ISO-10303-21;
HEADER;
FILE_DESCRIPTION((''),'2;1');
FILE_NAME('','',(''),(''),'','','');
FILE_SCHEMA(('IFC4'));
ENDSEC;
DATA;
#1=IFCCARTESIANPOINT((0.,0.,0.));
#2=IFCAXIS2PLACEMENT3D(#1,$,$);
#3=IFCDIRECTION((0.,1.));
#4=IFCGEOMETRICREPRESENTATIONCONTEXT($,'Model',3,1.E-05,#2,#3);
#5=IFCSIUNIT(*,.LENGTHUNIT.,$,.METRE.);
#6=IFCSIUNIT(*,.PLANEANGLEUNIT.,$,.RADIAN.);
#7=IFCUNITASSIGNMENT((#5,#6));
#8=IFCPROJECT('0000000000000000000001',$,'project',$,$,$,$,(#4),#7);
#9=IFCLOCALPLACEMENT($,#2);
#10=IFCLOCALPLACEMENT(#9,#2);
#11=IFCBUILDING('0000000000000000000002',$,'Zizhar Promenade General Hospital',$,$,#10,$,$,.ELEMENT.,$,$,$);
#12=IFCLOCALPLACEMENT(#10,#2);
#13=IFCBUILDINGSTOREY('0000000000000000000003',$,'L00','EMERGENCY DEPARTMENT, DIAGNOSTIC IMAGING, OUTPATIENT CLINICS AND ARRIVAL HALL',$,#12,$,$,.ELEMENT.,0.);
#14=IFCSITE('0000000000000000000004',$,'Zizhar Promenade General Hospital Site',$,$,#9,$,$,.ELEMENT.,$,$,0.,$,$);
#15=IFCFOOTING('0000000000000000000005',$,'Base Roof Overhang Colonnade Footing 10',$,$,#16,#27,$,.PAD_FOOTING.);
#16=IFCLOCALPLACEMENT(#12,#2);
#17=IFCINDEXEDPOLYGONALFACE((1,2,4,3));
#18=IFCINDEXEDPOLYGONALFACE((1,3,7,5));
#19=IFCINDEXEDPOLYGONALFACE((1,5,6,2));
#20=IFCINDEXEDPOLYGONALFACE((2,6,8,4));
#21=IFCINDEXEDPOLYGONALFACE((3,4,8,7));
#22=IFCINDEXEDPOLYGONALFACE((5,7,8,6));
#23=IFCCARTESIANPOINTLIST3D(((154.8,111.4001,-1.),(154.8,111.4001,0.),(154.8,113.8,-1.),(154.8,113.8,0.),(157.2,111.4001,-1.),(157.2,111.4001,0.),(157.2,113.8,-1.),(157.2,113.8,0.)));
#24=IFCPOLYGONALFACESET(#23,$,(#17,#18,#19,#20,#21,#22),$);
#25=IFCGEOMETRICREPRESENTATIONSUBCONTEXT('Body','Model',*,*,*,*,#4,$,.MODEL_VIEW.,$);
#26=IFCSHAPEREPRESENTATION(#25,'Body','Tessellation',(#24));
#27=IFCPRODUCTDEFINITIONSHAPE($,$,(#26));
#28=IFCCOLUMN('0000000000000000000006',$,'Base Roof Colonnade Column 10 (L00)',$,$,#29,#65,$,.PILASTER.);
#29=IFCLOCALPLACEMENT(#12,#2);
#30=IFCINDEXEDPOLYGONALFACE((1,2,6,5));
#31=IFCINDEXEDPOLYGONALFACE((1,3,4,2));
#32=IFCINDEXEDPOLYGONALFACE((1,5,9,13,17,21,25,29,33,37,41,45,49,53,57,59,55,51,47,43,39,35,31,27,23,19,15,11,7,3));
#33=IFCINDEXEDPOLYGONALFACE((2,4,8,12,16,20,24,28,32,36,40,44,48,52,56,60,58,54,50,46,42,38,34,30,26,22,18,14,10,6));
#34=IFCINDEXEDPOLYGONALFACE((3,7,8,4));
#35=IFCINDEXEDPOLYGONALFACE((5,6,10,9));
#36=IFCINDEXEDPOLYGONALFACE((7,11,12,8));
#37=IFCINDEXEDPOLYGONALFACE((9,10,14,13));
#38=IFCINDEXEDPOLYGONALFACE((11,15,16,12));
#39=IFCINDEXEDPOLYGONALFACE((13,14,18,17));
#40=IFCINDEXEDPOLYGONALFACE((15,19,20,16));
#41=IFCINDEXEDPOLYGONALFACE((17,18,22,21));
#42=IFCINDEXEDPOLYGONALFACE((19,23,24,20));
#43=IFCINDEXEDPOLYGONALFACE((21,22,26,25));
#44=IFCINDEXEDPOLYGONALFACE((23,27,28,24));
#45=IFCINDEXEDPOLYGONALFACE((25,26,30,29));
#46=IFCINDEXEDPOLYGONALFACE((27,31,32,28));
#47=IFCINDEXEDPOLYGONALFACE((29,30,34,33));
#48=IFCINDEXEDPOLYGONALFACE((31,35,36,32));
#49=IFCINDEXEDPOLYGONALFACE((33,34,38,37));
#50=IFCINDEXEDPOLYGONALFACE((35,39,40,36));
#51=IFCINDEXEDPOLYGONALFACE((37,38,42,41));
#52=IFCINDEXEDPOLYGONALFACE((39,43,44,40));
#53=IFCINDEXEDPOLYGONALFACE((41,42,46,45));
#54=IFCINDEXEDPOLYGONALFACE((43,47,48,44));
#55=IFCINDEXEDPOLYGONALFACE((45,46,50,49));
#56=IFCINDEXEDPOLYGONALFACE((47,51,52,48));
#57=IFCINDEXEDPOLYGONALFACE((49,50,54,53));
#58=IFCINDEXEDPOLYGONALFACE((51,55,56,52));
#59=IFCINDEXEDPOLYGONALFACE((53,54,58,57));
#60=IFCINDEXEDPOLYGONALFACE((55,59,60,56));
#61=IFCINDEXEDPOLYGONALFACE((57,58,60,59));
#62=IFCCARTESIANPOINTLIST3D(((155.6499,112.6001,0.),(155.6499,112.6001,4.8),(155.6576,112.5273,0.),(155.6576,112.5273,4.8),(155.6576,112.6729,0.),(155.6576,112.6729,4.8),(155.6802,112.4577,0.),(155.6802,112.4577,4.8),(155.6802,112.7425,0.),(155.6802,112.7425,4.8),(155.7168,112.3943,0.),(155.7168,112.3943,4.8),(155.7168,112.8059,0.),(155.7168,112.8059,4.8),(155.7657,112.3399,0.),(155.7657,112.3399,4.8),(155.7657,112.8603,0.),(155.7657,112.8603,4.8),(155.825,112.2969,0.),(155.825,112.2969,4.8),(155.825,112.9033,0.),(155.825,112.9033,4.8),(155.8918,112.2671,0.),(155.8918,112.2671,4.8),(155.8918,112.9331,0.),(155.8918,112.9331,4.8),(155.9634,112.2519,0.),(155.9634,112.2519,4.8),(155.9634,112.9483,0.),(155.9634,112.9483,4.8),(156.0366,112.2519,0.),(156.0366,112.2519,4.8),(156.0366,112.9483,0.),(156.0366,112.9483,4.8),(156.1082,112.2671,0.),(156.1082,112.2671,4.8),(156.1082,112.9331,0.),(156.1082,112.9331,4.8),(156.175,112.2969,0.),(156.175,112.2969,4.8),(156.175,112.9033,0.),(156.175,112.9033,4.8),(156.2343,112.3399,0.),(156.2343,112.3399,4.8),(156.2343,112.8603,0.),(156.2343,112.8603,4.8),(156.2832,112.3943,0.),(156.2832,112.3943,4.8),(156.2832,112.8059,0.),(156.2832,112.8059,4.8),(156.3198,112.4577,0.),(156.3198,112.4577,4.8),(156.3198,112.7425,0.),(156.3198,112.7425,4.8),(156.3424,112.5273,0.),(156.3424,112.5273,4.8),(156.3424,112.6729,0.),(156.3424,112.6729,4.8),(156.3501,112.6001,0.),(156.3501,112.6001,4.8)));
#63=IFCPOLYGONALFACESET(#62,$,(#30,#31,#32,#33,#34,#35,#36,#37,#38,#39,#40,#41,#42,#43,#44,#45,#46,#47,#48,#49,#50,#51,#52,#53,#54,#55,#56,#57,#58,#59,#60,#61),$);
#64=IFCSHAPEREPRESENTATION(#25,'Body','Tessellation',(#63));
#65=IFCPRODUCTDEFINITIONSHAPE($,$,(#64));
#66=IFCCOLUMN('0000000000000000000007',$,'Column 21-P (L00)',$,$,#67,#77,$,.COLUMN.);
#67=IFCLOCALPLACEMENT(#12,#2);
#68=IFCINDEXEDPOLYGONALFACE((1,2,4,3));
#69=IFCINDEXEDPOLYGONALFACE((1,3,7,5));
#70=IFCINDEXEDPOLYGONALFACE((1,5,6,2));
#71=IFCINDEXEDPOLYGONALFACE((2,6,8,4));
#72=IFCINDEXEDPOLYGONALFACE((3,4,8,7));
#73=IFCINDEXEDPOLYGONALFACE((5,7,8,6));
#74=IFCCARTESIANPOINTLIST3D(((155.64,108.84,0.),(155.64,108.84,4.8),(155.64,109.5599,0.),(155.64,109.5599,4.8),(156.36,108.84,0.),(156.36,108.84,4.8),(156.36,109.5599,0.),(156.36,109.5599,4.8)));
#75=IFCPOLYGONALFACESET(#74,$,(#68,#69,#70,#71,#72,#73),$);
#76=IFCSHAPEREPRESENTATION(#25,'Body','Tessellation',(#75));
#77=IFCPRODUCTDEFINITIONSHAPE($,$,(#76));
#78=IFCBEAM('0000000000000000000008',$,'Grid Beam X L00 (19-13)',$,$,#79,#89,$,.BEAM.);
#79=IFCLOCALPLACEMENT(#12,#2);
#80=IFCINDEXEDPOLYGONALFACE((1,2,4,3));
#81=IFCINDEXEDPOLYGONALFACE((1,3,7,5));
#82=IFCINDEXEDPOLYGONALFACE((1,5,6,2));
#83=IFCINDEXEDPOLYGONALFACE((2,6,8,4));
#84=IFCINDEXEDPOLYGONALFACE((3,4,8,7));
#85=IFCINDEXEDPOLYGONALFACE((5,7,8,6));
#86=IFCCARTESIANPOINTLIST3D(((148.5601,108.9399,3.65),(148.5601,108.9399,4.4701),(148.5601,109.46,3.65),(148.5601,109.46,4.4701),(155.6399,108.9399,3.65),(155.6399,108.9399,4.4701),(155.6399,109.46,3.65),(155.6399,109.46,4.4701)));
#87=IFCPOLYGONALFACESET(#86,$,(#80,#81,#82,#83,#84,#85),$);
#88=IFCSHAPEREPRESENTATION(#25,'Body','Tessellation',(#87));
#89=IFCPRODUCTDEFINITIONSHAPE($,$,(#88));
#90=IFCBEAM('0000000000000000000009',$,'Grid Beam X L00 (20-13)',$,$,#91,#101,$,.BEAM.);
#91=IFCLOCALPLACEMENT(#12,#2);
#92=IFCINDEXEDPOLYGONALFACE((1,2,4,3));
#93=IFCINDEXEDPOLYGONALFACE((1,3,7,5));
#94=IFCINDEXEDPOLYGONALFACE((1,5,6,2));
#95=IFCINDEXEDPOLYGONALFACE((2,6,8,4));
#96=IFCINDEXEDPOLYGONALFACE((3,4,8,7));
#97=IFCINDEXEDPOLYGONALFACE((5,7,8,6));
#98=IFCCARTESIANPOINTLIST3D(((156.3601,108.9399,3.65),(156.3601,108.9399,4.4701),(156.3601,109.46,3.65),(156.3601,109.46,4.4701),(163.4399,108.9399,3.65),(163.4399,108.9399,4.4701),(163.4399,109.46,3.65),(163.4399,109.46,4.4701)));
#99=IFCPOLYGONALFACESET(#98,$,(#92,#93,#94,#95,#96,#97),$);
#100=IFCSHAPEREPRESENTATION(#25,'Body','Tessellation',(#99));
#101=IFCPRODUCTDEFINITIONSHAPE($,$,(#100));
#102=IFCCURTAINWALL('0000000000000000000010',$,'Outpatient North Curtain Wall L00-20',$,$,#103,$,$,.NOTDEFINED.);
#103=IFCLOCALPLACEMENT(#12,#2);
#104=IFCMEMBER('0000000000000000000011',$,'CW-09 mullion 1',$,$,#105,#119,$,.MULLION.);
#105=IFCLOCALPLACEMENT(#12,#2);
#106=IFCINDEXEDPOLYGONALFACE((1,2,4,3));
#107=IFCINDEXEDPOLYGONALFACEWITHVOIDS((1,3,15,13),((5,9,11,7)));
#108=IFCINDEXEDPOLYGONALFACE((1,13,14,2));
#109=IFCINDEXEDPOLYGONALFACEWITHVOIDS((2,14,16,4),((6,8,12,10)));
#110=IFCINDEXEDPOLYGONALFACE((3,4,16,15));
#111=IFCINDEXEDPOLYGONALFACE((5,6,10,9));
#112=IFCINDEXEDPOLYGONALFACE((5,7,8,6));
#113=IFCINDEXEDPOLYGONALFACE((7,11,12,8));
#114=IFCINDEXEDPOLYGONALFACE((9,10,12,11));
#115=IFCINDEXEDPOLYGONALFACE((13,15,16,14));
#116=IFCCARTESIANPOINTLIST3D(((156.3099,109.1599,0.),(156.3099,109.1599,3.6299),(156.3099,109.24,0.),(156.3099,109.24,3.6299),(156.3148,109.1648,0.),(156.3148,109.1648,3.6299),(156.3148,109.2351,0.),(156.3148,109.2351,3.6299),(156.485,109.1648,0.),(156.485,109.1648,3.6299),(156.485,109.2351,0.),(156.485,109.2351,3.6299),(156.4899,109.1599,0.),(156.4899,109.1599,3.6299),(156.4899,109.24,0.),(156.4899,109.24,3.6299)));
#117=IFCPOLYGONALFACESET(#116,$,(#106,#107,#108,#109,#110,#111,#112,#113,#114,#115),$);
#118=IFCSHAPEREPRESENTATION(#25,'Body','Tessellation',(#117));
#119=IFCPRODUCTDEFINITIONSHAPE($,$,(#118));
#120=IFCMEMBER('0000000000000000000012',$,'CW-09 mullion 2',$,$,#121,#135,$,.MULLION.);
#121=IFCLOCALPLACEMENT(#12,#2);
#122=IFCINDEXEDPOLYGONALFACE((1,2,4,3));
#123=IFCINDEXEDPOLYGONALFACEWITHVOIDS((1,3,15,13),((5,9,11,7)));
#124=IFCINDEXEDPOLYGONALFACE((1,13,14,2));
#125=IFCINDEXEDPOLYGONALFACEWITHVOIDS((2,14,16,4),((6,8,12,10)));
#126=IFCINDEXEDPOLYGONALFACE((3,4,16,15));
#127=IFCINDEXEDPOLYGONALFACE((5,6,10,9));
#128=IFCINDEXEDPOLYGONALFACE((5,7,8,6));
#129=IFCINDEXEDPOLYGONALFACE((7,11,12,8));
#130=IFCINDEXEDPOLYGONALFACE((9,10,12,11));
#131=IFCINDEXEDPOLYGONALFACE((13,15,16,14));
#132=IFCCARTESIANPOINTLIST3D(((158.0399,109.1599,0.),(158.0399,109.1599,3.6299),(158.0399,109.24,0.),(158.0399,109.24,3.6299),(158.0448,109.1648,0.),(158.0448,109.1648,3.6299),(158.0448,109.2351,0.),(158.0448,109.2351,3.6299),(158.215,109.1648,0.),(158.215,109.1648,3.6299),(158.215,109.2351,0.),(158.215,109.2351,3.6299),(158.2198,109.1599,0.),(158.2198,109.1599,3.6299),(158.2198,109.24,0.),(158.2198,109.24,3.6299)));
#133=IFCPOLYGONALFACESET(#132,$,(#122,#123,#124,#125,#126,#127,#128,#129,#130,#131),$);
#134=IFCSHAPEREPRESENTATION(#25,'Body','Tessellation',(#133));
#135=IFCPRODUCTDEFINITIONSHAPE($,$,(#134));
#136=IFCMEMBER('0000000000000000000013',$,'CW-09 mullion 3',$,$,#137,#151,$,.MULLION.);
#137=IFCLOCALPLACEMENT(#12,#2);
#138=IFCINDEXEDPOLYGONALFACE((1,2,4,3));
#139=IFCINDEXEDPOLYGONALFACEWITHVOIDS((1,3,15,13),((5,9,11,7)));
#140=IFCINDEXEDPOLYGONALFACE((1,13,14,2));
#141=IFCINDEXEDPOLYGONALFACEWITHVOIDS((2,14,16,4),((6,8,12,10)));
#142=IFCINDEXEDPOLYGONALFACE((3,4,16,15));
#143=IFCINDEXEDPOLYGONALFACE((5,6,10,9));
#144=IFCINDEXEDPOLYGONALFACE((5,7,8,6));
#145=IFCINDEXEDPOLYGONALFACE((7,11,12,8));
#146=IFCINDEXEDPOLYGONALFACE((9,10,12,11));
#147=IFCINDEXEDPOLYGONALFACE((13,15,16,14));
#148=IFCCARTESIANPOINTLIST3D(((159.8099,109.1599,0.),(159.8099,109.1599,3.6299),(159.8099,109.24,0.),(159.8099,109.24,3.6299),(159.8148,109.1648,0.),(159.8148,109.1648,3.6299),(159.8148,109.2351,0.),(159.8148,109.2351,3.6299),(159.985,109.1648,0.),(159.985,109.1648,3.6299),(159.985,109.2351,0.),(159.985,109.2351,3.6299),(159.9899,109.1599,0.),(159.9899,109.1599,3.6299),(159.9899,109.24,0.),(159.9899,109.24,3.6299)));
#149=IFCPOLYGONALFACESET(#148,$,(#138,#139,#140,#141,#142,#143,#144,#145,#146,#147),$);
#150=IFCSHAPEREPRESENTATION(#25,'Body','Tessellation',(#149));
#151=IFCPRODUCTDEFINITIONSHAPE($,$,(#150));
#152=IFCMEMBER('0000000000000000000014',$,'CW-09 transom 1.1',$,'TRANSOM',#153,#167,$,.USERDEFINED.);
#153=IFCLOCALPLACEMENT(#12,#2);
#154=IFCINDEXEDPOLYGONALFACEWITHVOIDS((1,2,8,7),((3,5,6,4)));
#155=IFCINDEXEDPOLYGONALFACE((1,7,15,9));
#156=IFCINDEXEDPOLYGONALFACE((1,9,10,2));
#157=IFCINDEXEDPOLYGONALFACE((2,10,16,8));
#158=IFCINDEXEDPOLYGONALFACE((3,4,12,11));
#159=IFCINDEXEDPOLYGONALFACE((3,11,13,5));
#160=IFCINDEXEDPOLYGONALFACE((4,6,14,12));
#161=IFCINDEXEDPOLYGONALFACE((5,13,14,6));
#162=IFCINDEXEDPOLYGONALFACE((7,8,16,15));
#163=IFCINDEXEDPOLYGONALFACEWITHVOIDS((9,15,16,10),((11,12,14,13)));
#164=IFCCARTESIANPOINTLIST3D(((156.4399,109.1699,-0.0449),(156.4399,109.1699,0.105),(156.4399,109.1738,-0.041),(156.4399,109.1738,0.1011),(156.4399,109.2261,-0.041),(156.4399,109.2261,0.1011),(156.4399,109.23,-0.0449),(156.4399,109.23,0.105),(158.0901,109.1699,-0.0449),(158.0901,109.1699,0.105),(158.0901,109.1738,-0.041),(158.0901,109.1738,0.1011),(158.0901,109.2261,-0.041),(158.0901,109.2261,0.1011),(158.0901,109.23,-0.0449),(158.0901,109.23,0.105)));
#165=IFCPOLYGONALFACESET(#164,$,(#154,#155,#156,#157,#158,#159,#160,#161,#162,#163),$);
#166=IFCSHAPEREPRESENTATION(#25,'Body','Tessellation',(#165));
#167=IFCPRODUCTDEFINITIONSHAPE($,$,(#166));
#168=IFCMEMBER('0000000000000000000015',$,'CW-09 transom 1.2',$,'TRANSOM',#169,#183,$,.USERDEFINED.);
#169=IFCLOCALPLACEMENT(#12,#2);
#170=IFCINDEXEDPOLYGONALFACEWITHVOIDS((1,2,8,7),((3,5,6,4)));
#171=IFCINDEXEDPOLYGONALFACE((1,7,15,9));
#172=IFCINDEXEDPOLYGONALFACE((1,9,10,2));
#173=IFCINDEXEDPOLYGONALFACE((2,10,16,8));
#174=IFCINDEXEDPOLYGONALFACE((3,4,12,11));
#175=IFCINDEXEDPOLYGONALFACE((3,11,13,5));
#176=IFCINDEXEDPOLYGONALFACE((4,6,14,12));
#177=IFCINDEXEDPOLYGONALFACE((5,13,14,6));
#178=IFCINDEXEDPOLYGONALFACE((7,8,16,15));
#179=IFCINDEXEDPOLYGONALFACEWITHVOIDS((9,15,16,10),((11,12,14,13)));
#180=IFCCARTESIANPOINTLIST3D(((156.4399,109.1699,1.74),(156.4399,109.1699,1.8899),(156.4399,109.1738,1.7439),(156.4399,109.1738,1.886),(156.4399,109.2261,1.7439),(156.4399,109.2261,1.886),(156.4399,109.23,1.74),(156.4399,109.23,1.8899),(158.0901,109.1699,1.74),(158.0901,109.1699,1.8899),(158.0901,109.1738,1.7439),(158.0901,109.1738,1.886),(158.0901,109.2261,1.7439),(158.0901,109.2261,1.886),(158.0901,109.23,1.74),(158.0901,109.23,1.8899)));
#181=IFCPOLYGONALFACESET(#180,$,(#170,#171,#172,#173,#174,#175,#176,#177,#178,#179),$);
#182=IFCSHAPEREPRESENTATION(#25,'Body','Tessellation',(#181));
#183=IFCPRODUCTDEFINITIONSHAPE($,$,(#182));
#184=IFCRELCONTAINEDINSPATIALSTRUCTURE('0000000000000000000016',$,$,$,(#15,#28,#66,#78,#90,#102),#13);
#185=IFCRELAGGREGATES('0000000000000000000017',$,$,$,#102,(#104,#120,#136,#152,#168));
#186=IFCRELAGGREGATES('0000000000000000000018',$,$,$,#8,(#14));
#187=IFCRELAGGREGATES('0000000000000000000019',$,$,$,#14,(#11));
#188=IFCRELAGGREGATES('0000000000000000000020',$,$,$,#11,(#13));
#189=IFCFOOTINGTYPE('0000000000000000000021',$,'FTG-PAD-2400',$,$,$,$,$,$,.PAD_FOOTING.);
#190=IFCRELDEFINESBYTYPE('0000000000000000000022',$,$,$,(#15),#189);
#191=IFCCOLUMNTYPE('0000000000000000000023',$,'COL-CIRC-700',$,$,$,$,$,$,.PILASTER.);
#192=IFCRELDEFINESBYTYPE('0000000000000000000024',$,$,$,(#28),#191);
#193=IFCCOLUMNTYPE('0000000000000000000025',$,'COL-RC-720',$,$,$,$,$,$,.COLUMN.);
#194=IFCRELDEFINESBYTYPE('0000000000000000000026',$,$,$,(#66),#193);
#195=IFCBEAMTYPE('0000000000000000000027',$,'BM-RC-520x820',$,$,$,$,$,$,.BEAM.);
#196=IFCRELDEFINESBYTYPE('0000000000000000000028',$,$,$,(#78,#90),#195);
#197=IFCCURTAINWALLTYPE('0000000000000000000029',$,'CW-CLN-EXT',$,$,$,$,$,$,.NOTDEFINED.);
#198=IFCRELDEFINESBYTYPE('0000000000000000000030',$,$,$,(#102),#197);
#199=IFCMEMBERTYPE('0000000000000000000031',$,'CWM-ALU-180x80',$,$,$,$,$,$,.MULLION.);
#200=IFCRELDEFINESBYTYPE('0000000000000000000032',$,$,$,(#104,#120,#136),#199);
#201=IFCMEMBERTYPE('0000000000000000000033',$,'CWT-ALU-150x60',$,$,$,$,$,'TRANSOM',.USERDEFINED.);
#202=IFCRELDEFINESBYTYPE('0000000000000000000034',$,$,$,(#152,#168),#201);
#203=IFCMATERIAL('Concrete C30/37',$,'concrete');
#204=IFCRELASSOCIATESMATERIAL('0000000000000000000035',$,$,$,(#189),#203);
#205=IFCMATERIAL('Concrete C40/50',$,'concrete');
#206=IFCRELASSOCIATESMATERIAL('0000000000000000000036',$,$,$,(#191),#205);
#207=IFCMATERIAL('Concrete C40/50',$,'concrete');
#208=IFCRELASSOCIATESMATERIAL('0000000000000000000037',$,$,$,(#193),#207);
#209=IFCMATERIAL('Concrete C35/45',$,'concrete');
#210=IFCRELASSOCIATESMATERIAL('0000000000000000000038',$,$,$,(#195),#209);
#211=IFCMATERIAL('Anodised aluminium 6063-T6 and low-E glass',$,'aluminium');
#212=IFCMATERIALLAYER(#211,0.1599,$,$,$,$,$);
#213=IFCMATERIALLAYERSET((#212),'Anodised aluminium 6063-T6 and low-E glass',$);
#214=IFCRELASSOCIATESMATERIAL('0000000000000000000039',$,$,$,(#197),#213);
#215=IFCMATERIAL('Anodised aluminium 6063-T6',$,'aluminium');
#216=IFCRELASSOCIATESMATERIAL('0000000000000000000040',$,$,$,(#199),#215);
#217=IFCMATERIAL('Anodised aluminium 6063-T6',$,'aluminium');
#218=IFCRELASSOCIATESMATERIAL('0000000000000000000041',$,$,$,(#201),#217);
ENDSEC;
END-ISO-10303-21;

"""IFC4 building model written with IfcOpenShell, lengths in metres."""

from ifc_helpers import new_model, si_unit, direction, frame, origin, origin_2d, place, context, subcontext, project, spatial, rectangle, hollow_rectangle, circle, extrude, material, layer, layer_set, material_profile, profile_set, type_object, element, aggregate, save


model = new_model("IFC4")

# Units and contexts
model_context = context("Model", 3, precision=1e-05, world=origin(), true_north=direction((0.0, 1.0)))
body_context = subcontext(model_context, "Body", "Model", "MODEL_VIEW")
ifc_project = project(units=[si_unit("LENGTHUNIT", "METRE"), si_unit("PLANEANGLEUNIT", "RADIAN")], contexts=[model_context])

# Site, building, storey
site_placement = place(None, origin())
site = spatial("IfcSite", under=ifc_project, at=site_placement, Name="Zizhar Promenade General Hospital Site", CompositionType="ELEMENT", RefElevation=0.0)
building_placement = place(site_placement, origin())
building = spatial("IfcBuilding", under=site, at=building_placement, Name="Zizhar Promenade General Hospital", CompositionType="ELEMENT")
storey_placement = place(building_placement, origin())
storey = spatial("IfcBuildingStorey", under=building, at=storey_placement, Name="L00", Description="EMERGENCY DEPARTMENT, DIAGNOSTIC IMAGING, OUTPATIENT CLINICS AND ARRIVAL HALL", CompositionType="ELEMENT", Elevation=0.0)

# Footing
ifc_material_1 = material(Name="Concrete C30/37", Category="concrete")
footing_type = type_object("IfcFootingType", Name="FTG-PAD-2400", PredefinedType="PAD_FOOTING", material=ifc_material_1)
footing_placement = place(storey_placement, frame((156.0, 112.6001, -1.0), z_axis=(0.0, 0.0, 1.0), x_axis=(1.0, 0.0, 0.0)))
element("IfcFooting", 1, at=footing_placement, inside=storey, type_object=footing_type, Name="Base Roof Overhang Colonnade Footing 10", PredefinedType="PAD_FOOTING", context=body_context, shape_type="SweptSolid", body=[
    extrude(rectangle(XDim=2.3999, YDim=2.3999, at=origin_2d()), origin(), (0.0, 0.0, 1.0), 1.0),
])

# Columns
ifc_material_2 = material(Name="Concrete C40/50", Category="concrete")
ifc_material_profile_1 = material_profile(ifc_material_2, circle(Radius=0.3501, at=origin_2d()))
ifc_profile_set_1 = profile_set([ifc_material_profile_1], Name="Concrete C40/50")
column_type_1 = type_object("IfcColumnType", Name="COL-CIRC-700", PredefinedType="PILASTER", material=ifc_profile_set_1)
column_1_placement = place(storey_placement, frame((156.0, 112.6001, 0.0), z_axis=(0.0, 0.0, 1.0), x_axis=(1.0, 0.0, 0.0)))
element("IfcColumn", 2, at=column_1_placement, inside=storey, type_object=column_type_1, Name="Base Roof Colonnade Column 10 (L00)", PredefinedType="PILASTER", context=body_context, shape_type="SweptSolid", body=[
    extrude(circle(Radius=0.3501, at=origin_2d()), origin(), (0.0, 0.0, 1.0), 4.8),
])
ifc_material_3 = material(Name="Concrete C40/50", Category="concrete")
ifc_material_profile_2 = material_profile(ifc_material_3, rectangle(XDim=0.72, YDim=0.72, at=origin_2d()))
ifc_profile_set_2 = profile_set([ifc_material_profile_2], Name="Concrete C40/50")
column_type_2 = type_object("IfcColumnType", Name="COL-RC-720", PredefinedType="COLUMN", material=ifc_profile_set_2)
column_2_placement = place(storey_placement, frame((156.0, 109.2, 0.0), z_axis=(0.0, 0.0, 1.0), x_axis=(1.0, 0.0, 0.0)))
element("IfcColumn", 3, at=column_2_placement, inside=storey, type_object=column_type_2, Name="Column 21-P (L00)", PredefinedType="COLUMN", context=body_context, shape_type="SweptSolid", body=[
    extrude(rectangle(XDim=0.72, YDim=0.72, at=origin_2d()), origin(), (0.0, 0.0, 1.0), 4.8),
])

# Beams
ifc_material_4 = material(Name="Concrete C35/45", Category="concrete")
ifc_material_profile_3 = material_profile(ifc_material_4, rectangle(XDim=0.52, YDim=0.8201, at=origin_2d()))
ifc_profile_set_3 = profile_set([ifc_material_profile_3], Name="Concrete C35/45")
beam_type = type_object("IfcBeamType", Name="BM-RC-520x820", PredefinedType="BEAM", material=ifc_profile_set_3)
for number, where, z_axis, x_axis, name in (
    (4, (148.5601, 109.2, 4.0601), (1.0, 0.0, 0.0), (0.0, 1.0, 0.0), "Grid Beam X L00 (19-13)"),
    (5, (156.3601, 109.2, 4.0601), (1.0, 0.0, 0.0), (0.0, 1.0, 0.0), "Grid Beam X L00 (20-13)"),
):
    element("IfcBeam", number, at=place(storey_placement, frame(where, z_axis=z_axis, x_axis=x_axis)), inside=storey, type_object=beam_type, Name=name, PredefinedType="BEAM", context=body_context, shape_type="SweptSolid", body=[
        extrude(rectangle(XDim=0.52, YDim=0.8201, at=origin_2d()), origin(), (0.0, 0.0, 1.0), 7.0798),
    ])

# Curtain wall, members
ifc_material_5 = material(Name="Anodised aluminium 6063-T6 and low-E glass", Category="aluminium")
ifc_layer_1 = layer(ifc_material_5, 0.1599)
ifc_layer_set_1 = layer_set([ifc_layer_1], Name="Anodised aluminium 6063-T6 and low-E glass")
curtain_wall_type = type_object("IfcCurtainWallType", Name="CW-CLN-EXT", PredefinedType="NOTDEFINED", material=ifc_layer_set_1)
curtain_wall_placement = place(storey_placement, origin())
curtain_wall = element("IfcCurtainWall", 6, at=curtain_wall_placement, inside=storey, type_object=curtain_wall_type, Name="Outpatient North Curtain Wall L00-20", PredefinedType="NOTDEFINED")
ifc_material_6 = material(Name="Anodised aluminium 6063-T6", Category="aluminium")
ifc_material_profile_4 = material_profile(ifc_material_6, hollow_rectangle(XDim=0.0801, YDim=0.1799, WallThickness=0.0049, at=origin_2d()))
ifc_profile_set_4 = profile_set([ifc_material_profile_4], Name="Anodised aluminium 6063-T6")
member_type_1 = type_object("IfcMemberType", Name="CWM-ALU-180x80", PredefinedType="MULLION", material=ifc_profile_set_4)
member_1_placement = place(storey_placement, frame((156.3999, 109.2, 0.0), z_axis=(0.0, 0.0, 1.0), x_axis=(0.0, 1.0, 0.0)))
member_1 = element("IfcMember", 7, at=member_1_placement, type_object=member_type_1, Name="CW-09 mullion 1", PredefinedType="MULLION", context=body_context, shape_type="SweptSolid", body=[
    extrude(hollow_rectangle(XDim=0.0801, YDim=0.1799, WallThickness=0.0049, at=origin_2d()), origin(), (0.0, 0.0, 1.0), 3.6299),
])
member_2_placement = place(storey_placement, frame((158.1299, 109.2, 0.0), z_axis=(0.0, 0.0, 1.0), x_axis=(0.0, 1.0, 0.0)))
member_2 = element("IfcMember", 8, at=member_2_placement, type_object=member_type_1, Name="CW-09 mullion 2", PredefinedType="MULLION", context=body_context, shape_type="SweptSolid", body=[
    extrude(hollow_rectangle(XDim=0.0801, YDim=0.1799, WallThickness=0.0049, at=origin_2d()), origin(), (0.0, 0.0, 1.0), 3.6299),
])
member_3_placement = place(storey_placement, frame((159.8999, 109.2, 0.0), z_axis=(0.0, 0.0, 1.0), x_axis=(0.0, 1.0, 0.0)))
member_3 = element("IfcMember", 9, at=member_3_placement, type_object=member_type_1, Name="CW-09 mullion 3", PredefinedType="MULLION", context=body_context, shape_type="SweptSolid", body=[
    extrude(hollow_rectangle(XDim=0.0801, YDim=0.1799, WallThickness=0.0049, at=origin_2d()), origin(), (0.0, 0.0, 1.0), 3.6299),
])
ifc_material_7 = material(Name="Anodised aluminium 6063-T6", Category="aluminium")
ifc_material_profile_5 = material_profile(ifc_material_7, hollow_rectangle(XDim=0.0601, YDim=0.1499, WallThickness=0.0039, at=origin_2d()))
ifc_profile_set_5 = profile_set([ifc_material_profile_5], Name="Anodised aluminium 6063-T6")
member_type_2 = type_object("IfcMemberType", Name="CWT-ALU-150x60", ElementType="TRANSOM", PredefinedType="USERDEFINED", material=ifc_profile_set_5)
member_4_placement = place(storey_placement, frame((156.4399, 109.2, 0.03), z_axis=(1.0, 0.0, 0.0), x_axis=(0.0, 1.0, 0.0)))
member_4 = element("IfcMember", 10, at=member_4_placement, type_object=member_type_2, Name="CW-09 transom 1.1", ObjectType="TRANSOM", PredefinedType="USERDEFINED", context=body_context, shape_type="SweptSolid", body=[
    extrude(hollow_rectangle(XDim=0.0601, YDim=0.1499, WallThickness=0.0039, at=origin_2d()), origin(), (0.0, 0.0, 1.0), 1.6501),
])
member_5_placement = place(storey_placement, frame((156.4399, 109.2, 1.8149), z_axis=(1.0, 0.0, 0.0), x_axis=(0.0, 1.0, 0.0)))
member_5 = element("IfcMember", 11, at=member_5_placement, type_object=member_type_2, Name="CW-09 transom 1.2", ObjectType="TRANSOM", PredefinedType="USERDEFINED", context=body_context, shape_type="SweptSolid", body=[
    extrude(hollow_rectangle(XDim=0.0601, YDim=0.1499, WallThickness=0.0039, at=origin_2d()), origin(), (0.0, 0.0, 1.0), 1.6501),
])
aggregate(curtain_wall, [member_1, member_2, member_3, member_4, member_5])

save(model, "model.ifc")
